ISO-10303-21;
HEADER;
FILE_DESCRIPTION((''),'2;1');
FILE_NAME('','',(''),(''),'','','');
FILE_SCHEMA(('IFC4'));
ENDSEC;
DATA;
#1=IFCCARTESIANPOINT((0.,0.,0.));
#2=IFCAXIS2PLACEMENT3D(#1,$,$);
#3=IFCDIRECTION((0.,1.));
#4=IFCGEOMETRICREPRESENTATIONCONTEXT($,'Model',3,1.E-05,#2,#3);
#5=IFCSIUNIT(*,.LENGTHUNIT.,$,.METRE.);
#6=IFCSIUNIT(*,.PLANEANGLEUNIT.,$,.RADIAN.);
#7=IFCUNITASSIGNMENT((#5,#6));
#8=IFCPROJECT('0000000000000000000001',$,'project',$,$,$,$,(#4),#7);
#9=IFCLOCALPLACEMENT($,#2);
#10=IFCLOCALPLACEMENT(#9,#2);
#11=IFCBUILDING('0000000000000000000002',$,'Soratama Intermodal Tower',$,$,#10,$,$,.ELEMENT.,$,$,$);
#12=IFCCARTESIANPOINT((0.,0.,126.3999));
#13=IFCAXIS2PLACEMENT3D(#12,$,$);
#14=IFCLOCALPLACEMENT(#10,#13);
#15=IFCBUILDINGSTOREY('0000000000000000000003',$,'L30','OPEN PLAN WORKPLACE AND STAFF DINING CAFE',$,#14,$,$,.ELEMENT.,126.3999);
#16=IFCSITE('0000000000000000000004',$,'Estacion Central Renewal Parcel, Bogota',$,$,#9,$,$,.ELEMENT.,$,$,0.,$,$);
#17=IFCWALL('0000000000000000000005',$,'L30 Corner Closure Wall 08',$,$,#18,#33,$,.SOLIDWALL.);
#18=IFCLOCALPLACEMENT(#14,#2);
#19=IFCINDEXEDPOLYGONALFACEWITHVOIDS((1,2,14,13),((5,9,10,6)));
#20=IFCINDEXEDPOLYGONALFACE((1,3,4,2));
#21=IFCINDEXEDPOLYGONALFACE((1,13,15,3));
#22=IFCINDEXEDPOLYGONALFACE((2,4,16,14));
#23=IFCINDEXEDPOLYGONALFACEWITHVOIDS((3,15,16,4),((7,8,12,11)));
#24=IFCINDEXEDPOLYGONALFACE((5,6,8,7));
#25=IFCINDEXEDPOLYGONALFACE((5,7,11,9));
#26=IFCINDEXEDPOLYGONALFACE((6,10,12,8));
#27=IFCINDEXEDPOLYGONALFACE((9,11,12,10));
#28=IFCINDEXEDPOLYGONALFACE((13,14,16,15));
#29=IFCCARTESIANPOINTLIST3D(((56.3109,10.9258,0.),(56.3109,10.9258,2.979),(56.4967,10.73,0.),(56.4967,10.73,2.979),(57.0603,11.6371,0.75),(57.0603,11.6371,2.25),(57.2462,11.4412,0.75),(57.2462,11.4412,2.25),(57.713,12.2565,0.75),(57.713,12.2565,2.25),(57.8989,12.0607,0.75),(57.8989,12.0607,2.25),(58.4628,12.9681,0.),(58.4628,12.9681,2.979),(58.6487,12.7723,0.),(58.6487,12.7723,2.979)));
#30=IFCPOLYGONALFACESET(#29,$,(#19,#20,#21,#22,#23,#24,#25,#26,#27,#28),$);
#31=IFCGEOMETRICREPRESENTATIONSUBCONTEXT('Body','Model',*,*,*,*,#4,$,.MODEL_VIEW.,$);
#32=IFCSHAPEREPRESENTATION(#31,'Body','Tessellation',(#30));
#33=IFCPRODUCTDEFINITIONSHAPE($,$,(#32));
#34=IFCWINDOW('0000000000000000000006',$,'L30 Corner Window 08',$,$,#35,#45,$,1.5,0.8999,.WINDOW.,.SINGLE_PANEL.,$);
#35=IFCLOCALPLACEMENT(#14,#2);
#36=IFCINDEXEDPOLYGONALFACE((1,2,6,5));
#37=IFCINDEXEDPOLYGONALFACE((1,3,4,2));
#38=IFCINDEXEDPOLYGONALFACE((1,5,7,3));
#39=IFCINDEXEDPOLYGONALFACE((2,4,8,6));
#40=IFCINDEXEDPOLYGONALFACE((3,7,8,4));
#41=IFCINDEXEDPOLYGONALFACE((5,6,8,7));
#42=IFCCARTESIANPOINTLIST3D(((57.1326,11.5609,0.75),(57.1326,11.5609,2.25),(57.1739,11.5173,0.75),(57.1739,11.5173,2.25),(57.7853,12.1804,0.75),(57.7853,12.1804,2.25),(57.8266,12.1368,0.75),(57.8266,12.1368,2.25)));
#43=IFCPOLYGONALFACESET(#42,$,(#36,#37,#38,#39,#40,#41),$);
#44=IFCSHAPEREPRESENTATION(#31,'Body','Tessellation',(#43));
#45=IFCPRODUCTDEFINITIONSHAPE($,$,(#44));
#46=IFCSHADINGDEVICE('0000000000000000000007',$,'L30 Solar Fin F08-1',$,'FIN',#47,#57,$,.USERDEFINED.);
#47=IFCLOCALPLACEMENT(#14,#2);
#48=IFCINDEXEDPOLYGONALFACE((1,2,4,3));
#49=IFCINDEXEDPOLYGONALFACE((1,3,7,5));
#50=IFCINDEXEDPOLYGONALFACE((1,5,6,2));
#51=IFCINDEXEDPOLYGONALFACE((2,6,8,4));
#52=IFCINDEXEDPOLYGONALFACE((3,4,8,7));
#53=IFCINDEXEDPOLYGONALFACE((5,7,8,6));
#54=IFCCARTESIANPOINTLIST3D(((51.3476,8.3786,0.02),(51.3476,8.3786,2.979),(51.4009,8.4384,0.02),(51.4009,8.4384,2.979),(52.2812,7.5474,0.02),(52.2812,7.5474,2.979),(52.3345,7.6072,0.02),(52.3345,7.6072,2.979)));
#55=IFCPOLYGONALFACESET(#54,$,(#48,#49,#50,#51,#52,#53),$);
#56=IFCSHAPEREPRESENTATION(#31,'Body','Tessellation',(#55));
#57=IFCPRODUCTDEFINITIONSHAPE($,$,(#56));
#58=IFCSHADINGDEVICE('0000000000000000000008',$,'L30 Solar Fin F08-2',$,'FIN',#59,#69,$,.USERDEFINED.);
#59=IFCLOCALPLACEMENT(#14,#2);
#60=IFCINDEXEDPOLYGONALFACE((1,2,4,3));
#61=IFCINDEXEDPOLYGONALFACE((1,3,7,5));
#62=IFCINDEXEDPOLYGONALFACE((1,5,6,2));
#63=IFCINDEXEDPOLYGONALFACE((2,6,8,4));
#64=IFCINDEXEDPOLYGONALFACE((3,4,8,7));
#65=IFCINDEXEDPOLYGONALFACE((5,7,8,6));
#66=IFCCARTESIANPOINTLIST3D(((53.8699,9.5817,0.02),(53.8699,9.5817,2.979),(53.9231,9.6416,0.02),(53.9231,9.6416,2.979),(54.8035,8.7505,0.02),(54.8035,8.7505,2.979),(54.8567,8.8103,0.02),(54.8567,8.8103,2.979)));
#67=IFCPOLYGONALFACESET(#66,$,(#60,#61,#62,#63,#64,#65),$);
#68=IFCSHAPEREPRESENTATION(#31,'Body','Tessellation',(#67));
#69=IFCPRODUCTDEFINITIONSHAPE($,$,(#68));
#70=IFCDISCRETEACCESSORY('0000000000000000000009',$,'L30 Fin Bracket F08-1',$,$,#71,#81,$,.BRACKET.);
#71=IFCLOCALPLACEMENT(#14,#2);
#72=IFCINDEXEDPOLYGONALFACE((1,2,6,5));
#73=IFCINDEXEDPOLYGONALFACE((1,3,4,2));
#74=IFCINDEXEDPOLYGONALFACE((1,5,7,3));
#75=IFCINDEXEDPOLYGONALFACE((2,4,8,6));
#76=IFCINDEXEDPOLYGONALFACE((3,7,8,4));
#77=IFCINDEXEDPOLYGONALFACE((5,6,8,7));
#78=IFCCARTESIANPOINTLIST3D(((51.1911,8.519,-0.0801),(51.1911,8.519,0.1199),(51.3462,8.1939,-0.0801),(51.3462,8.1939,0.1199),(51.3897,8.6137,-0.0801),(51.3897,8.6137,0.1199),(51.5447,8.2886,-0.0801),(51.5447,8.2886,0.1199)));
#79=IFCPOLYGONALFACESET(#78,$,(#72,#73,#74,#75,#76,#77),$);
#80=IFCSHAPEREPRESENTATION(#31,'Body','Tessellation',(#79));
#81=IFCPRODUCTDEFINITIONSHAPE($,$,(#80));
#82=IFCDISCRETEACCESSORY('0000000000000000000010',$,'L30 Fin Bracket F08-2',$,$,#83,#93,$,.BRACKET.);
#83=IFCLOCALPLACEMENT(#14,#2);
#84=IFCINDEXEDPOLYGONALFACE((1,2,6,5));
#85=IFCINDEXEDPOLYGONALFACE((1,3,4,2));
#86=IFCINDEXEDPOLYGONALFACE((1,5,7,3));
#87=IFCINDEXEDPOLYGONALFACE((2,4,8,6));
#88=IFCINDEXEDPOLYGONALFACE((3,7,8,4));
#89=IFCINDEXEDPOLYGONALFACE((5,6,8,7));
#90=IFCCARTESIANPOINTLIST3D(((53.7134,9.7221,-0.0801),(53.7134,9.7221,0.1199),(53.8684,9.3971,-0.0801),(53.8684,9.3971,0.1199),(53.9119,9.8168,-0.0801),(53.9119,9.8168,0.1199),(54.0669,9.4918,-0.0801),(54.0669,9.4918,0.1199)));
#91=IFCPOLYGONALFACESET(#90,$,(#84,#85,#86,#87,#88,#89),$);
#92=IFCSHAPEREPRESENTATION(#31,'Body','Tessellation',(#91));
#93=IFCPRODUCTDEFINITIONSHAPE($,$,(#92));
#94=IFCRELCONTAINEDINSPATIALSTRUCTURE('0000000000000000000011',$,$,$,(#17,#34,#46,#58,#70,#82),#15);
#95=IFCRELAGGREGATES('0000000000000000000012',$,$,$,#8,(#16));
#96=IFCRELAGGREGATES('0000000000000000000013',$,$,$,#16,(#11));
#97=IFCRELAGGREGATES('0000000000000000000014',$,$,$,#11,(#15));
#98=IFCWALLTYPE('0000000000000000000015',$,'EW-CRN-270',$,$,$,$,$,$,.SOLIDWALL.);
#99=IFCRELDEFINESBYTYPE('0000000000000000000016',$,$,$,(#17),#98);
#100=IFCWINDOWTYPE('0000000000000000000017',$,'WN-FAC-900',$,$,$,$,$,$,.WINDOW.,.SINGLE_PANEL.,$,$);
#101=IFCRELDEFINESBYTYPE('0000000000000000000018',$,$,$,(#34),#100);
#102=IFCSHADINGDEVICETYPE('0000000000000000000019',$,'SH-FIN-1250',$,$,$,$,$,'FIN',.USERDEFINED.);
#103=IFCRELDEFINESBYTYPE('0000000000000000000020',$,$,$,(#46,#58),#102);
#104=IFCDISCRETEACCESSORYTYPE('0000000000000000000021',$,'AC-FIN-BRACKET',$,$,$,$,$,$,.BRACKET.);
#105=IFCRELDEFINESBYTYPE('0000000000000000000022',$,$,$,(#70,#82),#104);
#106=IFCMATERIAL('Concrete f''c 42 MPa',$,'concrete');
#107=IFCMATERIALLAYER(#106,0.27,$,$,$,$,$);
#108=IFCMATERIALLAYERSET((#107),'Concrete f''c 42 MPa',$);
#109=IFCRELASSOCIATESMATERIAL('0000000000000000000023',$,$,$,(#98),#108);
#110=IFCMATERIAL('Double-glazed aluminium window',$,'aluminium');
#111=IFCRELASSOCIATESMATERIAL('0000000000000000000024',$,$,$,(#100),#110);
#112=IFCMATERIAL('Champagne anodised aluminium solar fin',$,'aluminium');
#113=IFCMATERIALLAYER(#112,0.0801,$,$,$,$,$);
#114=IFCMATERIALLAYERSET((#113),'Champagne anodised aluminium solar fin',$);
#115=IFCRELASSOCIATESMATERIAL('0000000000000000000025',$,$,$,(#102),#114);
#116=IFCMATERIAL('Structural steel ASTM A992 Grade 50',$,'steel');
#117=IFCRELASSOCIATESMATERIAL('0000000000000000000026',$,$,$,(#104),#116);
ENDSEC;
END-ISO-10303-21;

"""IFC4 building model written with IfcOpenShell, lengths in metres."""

from ifc_helpers import new_model, si_unit, direction, frame, frame_2d, origin, origin_2d, place, context, subcontext, project, spatial, rectangle, extrude, material, layer, layer_set, type_object, element, fill, save


model = new_model("IFC4")

# Units and contexts
model_context = context("Model", 3, precision=1e-05, world=origin(), true_north=direction((0.0, 1.0)))
body_context = subcontext(model_context, "Body", "Model", "MODEL_VIEW")
ifc_project = project(units=[si_unit("LENGTHUNIT", "METRE"), si_unit("PLANEANGLEUNIT", "RADIAN")], contexts=[model_context])

# Site, building, storey
site_placement = place(None, origin())
site = spatial("IfcSite", under=ifc_project, at=site_placement, Name="Estacion Central Renewal Parcel, Bogota", CompositionType="ELEMENT", RefElevation=0.0)
building_placement = place(site_placement, origin())
building = spatial("IfcBuilding", under=site, at=building_placement, Name="Soratama Intermodal Tower", CompositionType="ELEMENT")
storey_placement = place(building_placement, frame((0.0, 0.0, 126.3999)))
storey = spatial("IfcBuildingStorey", under=building, at=storey_placement, Name="L30", Description="OPEN PLAN WORKPLACE AND STAFF DINING CAFE", CompositionType="ELEMENT", Elevation=126.3999)

# Wall, opening, window
ifc_material_1 = material(Name="Concrete f'c 42 MPa", Category="concrete")
ifc_layer_1 = layer(ifc_material_1, 0.27)
ifc_layer_set_1 = layer_set([ifc_layer_1], Name="Concrete f'c 42 MPa")
wall_type = type_object("IfcWallType", Name="EW-CRN-270", PredefinedType="SOLIDWALL", material=ifc_layer_set_1)
wall_placement = place(storey_placement, frame((56.4038, 10.8279, 0.0), z_axis=(0.0, 0.0, 1.0), x_axis=(0.72534, 0.68839, 0.0)))
wall = element("IfcWall", 1, at=wall_placement, inside=storey, type_object=wall_type, Name="L30 Corner Closure Wall 08", PredefinedType="SOLIDWALL", context=body_context, shape_type="SweptSolid", body=[
    extrude(rectangle(XDim=2.9668, YDim=0.27, at=frame_2d((1.4834, 0.0))), origin(), (0.0, 0.0, 1.0), 2.979),
])
opening_placement = place(wall_placement, frame((1.0332, 0.0, 0.75)))
opening = element("IfcOpeningElement", 2, at=opening_placement, cuts=wall, PredefinedType="OPENING", context=body_context, shape_type="SweptSolid", body=[
    extrude(rectangle(XDim=0.8999, YDim=1.5, at=frame_2d((0.45, 0.75))), frame((0.0, 0.145, 0.0), z_axis=(0.0, -1.0, 0.0), x_axis=(1.0, 0.0, 0.0)), (0.0, 0.0, 1.0), 0.29),
])
ifc_material_2 = material(Name="Double-glazed aluminium window", Category="aluminium")
window_type = type_object("IfcWindowType", Name="WN-FAC-900", PartitioningType="SINGLE_PANEL", PredefinedType="WINDOW", material=ifc_material_2)
window_placement = place(opening_placement, origin())
window = element("IfcWindow", 3, at=window_placement, inside=storey, type_object=window_type, Name="L30 Corner Window 08", OverallHeight=1.5, OverallWidth=0.8999, PartitioningType="SINGLE_PANEL", PredefinedType="WINDOW", context=body_context, shape_type="SweptSolid", body=[
    extrude(rectangle(XDim=0.8999, YDim=1.5, at=frame_2d((0.45, 0.75))), frame((0.0, 0.03, 0.0), z_axis=(0.0, -1.0, 0.0), x_axis=(1.0, 0.0, 0.0)), (0.0, 0.0, 1.0), 0.0601),
])
fill(opening, window)

# Shading devices
ifc_material_3 = material(Name="Champagne anodised aluminium solar fin", Category="aluminium")
ifc_layer_2 = layer(ifc_material_3, 0.0801)
ifc_layer_set_2 = layer_set([ifc_layer_2], Name="Champagne anodised aluminium solar fin")
shading_device_type = type_object("IfcShadingDeviceType", Name="SH-FIN-1250", ElementType="FIN", PredefinedType="USERDEFINED", material=ifc_layer_set_2)
for number, where, z_axis, x_axis, name in (
    (4, (51.8411, 7.9929, 0.02), (0.0, 0.0, 1.0), (0.74687, -0.66497, 0.0), "L30 Solar Fin F08-1"),
    (5, (54.3633, 9.196, 0.02), (0.0, 0.0, 1.0), (0.74687, -0.66497, 0.0), "L30 Solar Fin F08-2"),
):
    element("IfcShadingDevice", number, at=place(storey_placement, frame(where, z_axis=z_axis, x_axis=x_axis)), inside=storey, type_object=shading_device_type, Name=name, ObjectType="FIN", PredefinedType="USERDEFINED", context=body_context, shape_type="SweptSolid", body=[
        extrude(rectangle(XDim=1.25, YDim=0.0801, at=origin_2d()), origin(), (0.0, 0.0, 1.0), 2.959),
    ])

# Discrete accessories
ifc_material_4 = material(Name="Structural steel ASTM A992 Grade 50", Category="steel")
discrete_accessory_type = type_object("IfcDiscreteAccessoryType", Name="AC-FIN-BRACKET", PredefinedType="BRACKET", material=ifc_material_4)
for number, where, z_axis, x_axis, name in (
    (6, (51.3679, 8.4038, -0.0801), (0.0, 0.0, 1.0), (0.430511, -0.902585, 0.0), "L30 Fin Bracket F08-1"),
    (7, (53.8901, 9.6069, -0.0801), (0.0, 0.0, 1.0), (0.430511, -0.902585, 0.0), "L30 Fin Bracket F08-2"),
):
    element("IfcDiscreteAccessory", number, at=place(storey_placement, frame(where, z_axis=z_axis, x_axis=x_axis)), inside=storey, type_object=discrete_accessory_type, Name=name, PredefinedType="BRACKET", context=body_context, shape_type="SweptSolid", body=[
        extrude(rectangle(XDim=0.3601, YDim=0.22, at=origin_2d()), origin(), (0.0, 0.0, 1.0), 0.2),
    ])

save(model, "model.ifc")
